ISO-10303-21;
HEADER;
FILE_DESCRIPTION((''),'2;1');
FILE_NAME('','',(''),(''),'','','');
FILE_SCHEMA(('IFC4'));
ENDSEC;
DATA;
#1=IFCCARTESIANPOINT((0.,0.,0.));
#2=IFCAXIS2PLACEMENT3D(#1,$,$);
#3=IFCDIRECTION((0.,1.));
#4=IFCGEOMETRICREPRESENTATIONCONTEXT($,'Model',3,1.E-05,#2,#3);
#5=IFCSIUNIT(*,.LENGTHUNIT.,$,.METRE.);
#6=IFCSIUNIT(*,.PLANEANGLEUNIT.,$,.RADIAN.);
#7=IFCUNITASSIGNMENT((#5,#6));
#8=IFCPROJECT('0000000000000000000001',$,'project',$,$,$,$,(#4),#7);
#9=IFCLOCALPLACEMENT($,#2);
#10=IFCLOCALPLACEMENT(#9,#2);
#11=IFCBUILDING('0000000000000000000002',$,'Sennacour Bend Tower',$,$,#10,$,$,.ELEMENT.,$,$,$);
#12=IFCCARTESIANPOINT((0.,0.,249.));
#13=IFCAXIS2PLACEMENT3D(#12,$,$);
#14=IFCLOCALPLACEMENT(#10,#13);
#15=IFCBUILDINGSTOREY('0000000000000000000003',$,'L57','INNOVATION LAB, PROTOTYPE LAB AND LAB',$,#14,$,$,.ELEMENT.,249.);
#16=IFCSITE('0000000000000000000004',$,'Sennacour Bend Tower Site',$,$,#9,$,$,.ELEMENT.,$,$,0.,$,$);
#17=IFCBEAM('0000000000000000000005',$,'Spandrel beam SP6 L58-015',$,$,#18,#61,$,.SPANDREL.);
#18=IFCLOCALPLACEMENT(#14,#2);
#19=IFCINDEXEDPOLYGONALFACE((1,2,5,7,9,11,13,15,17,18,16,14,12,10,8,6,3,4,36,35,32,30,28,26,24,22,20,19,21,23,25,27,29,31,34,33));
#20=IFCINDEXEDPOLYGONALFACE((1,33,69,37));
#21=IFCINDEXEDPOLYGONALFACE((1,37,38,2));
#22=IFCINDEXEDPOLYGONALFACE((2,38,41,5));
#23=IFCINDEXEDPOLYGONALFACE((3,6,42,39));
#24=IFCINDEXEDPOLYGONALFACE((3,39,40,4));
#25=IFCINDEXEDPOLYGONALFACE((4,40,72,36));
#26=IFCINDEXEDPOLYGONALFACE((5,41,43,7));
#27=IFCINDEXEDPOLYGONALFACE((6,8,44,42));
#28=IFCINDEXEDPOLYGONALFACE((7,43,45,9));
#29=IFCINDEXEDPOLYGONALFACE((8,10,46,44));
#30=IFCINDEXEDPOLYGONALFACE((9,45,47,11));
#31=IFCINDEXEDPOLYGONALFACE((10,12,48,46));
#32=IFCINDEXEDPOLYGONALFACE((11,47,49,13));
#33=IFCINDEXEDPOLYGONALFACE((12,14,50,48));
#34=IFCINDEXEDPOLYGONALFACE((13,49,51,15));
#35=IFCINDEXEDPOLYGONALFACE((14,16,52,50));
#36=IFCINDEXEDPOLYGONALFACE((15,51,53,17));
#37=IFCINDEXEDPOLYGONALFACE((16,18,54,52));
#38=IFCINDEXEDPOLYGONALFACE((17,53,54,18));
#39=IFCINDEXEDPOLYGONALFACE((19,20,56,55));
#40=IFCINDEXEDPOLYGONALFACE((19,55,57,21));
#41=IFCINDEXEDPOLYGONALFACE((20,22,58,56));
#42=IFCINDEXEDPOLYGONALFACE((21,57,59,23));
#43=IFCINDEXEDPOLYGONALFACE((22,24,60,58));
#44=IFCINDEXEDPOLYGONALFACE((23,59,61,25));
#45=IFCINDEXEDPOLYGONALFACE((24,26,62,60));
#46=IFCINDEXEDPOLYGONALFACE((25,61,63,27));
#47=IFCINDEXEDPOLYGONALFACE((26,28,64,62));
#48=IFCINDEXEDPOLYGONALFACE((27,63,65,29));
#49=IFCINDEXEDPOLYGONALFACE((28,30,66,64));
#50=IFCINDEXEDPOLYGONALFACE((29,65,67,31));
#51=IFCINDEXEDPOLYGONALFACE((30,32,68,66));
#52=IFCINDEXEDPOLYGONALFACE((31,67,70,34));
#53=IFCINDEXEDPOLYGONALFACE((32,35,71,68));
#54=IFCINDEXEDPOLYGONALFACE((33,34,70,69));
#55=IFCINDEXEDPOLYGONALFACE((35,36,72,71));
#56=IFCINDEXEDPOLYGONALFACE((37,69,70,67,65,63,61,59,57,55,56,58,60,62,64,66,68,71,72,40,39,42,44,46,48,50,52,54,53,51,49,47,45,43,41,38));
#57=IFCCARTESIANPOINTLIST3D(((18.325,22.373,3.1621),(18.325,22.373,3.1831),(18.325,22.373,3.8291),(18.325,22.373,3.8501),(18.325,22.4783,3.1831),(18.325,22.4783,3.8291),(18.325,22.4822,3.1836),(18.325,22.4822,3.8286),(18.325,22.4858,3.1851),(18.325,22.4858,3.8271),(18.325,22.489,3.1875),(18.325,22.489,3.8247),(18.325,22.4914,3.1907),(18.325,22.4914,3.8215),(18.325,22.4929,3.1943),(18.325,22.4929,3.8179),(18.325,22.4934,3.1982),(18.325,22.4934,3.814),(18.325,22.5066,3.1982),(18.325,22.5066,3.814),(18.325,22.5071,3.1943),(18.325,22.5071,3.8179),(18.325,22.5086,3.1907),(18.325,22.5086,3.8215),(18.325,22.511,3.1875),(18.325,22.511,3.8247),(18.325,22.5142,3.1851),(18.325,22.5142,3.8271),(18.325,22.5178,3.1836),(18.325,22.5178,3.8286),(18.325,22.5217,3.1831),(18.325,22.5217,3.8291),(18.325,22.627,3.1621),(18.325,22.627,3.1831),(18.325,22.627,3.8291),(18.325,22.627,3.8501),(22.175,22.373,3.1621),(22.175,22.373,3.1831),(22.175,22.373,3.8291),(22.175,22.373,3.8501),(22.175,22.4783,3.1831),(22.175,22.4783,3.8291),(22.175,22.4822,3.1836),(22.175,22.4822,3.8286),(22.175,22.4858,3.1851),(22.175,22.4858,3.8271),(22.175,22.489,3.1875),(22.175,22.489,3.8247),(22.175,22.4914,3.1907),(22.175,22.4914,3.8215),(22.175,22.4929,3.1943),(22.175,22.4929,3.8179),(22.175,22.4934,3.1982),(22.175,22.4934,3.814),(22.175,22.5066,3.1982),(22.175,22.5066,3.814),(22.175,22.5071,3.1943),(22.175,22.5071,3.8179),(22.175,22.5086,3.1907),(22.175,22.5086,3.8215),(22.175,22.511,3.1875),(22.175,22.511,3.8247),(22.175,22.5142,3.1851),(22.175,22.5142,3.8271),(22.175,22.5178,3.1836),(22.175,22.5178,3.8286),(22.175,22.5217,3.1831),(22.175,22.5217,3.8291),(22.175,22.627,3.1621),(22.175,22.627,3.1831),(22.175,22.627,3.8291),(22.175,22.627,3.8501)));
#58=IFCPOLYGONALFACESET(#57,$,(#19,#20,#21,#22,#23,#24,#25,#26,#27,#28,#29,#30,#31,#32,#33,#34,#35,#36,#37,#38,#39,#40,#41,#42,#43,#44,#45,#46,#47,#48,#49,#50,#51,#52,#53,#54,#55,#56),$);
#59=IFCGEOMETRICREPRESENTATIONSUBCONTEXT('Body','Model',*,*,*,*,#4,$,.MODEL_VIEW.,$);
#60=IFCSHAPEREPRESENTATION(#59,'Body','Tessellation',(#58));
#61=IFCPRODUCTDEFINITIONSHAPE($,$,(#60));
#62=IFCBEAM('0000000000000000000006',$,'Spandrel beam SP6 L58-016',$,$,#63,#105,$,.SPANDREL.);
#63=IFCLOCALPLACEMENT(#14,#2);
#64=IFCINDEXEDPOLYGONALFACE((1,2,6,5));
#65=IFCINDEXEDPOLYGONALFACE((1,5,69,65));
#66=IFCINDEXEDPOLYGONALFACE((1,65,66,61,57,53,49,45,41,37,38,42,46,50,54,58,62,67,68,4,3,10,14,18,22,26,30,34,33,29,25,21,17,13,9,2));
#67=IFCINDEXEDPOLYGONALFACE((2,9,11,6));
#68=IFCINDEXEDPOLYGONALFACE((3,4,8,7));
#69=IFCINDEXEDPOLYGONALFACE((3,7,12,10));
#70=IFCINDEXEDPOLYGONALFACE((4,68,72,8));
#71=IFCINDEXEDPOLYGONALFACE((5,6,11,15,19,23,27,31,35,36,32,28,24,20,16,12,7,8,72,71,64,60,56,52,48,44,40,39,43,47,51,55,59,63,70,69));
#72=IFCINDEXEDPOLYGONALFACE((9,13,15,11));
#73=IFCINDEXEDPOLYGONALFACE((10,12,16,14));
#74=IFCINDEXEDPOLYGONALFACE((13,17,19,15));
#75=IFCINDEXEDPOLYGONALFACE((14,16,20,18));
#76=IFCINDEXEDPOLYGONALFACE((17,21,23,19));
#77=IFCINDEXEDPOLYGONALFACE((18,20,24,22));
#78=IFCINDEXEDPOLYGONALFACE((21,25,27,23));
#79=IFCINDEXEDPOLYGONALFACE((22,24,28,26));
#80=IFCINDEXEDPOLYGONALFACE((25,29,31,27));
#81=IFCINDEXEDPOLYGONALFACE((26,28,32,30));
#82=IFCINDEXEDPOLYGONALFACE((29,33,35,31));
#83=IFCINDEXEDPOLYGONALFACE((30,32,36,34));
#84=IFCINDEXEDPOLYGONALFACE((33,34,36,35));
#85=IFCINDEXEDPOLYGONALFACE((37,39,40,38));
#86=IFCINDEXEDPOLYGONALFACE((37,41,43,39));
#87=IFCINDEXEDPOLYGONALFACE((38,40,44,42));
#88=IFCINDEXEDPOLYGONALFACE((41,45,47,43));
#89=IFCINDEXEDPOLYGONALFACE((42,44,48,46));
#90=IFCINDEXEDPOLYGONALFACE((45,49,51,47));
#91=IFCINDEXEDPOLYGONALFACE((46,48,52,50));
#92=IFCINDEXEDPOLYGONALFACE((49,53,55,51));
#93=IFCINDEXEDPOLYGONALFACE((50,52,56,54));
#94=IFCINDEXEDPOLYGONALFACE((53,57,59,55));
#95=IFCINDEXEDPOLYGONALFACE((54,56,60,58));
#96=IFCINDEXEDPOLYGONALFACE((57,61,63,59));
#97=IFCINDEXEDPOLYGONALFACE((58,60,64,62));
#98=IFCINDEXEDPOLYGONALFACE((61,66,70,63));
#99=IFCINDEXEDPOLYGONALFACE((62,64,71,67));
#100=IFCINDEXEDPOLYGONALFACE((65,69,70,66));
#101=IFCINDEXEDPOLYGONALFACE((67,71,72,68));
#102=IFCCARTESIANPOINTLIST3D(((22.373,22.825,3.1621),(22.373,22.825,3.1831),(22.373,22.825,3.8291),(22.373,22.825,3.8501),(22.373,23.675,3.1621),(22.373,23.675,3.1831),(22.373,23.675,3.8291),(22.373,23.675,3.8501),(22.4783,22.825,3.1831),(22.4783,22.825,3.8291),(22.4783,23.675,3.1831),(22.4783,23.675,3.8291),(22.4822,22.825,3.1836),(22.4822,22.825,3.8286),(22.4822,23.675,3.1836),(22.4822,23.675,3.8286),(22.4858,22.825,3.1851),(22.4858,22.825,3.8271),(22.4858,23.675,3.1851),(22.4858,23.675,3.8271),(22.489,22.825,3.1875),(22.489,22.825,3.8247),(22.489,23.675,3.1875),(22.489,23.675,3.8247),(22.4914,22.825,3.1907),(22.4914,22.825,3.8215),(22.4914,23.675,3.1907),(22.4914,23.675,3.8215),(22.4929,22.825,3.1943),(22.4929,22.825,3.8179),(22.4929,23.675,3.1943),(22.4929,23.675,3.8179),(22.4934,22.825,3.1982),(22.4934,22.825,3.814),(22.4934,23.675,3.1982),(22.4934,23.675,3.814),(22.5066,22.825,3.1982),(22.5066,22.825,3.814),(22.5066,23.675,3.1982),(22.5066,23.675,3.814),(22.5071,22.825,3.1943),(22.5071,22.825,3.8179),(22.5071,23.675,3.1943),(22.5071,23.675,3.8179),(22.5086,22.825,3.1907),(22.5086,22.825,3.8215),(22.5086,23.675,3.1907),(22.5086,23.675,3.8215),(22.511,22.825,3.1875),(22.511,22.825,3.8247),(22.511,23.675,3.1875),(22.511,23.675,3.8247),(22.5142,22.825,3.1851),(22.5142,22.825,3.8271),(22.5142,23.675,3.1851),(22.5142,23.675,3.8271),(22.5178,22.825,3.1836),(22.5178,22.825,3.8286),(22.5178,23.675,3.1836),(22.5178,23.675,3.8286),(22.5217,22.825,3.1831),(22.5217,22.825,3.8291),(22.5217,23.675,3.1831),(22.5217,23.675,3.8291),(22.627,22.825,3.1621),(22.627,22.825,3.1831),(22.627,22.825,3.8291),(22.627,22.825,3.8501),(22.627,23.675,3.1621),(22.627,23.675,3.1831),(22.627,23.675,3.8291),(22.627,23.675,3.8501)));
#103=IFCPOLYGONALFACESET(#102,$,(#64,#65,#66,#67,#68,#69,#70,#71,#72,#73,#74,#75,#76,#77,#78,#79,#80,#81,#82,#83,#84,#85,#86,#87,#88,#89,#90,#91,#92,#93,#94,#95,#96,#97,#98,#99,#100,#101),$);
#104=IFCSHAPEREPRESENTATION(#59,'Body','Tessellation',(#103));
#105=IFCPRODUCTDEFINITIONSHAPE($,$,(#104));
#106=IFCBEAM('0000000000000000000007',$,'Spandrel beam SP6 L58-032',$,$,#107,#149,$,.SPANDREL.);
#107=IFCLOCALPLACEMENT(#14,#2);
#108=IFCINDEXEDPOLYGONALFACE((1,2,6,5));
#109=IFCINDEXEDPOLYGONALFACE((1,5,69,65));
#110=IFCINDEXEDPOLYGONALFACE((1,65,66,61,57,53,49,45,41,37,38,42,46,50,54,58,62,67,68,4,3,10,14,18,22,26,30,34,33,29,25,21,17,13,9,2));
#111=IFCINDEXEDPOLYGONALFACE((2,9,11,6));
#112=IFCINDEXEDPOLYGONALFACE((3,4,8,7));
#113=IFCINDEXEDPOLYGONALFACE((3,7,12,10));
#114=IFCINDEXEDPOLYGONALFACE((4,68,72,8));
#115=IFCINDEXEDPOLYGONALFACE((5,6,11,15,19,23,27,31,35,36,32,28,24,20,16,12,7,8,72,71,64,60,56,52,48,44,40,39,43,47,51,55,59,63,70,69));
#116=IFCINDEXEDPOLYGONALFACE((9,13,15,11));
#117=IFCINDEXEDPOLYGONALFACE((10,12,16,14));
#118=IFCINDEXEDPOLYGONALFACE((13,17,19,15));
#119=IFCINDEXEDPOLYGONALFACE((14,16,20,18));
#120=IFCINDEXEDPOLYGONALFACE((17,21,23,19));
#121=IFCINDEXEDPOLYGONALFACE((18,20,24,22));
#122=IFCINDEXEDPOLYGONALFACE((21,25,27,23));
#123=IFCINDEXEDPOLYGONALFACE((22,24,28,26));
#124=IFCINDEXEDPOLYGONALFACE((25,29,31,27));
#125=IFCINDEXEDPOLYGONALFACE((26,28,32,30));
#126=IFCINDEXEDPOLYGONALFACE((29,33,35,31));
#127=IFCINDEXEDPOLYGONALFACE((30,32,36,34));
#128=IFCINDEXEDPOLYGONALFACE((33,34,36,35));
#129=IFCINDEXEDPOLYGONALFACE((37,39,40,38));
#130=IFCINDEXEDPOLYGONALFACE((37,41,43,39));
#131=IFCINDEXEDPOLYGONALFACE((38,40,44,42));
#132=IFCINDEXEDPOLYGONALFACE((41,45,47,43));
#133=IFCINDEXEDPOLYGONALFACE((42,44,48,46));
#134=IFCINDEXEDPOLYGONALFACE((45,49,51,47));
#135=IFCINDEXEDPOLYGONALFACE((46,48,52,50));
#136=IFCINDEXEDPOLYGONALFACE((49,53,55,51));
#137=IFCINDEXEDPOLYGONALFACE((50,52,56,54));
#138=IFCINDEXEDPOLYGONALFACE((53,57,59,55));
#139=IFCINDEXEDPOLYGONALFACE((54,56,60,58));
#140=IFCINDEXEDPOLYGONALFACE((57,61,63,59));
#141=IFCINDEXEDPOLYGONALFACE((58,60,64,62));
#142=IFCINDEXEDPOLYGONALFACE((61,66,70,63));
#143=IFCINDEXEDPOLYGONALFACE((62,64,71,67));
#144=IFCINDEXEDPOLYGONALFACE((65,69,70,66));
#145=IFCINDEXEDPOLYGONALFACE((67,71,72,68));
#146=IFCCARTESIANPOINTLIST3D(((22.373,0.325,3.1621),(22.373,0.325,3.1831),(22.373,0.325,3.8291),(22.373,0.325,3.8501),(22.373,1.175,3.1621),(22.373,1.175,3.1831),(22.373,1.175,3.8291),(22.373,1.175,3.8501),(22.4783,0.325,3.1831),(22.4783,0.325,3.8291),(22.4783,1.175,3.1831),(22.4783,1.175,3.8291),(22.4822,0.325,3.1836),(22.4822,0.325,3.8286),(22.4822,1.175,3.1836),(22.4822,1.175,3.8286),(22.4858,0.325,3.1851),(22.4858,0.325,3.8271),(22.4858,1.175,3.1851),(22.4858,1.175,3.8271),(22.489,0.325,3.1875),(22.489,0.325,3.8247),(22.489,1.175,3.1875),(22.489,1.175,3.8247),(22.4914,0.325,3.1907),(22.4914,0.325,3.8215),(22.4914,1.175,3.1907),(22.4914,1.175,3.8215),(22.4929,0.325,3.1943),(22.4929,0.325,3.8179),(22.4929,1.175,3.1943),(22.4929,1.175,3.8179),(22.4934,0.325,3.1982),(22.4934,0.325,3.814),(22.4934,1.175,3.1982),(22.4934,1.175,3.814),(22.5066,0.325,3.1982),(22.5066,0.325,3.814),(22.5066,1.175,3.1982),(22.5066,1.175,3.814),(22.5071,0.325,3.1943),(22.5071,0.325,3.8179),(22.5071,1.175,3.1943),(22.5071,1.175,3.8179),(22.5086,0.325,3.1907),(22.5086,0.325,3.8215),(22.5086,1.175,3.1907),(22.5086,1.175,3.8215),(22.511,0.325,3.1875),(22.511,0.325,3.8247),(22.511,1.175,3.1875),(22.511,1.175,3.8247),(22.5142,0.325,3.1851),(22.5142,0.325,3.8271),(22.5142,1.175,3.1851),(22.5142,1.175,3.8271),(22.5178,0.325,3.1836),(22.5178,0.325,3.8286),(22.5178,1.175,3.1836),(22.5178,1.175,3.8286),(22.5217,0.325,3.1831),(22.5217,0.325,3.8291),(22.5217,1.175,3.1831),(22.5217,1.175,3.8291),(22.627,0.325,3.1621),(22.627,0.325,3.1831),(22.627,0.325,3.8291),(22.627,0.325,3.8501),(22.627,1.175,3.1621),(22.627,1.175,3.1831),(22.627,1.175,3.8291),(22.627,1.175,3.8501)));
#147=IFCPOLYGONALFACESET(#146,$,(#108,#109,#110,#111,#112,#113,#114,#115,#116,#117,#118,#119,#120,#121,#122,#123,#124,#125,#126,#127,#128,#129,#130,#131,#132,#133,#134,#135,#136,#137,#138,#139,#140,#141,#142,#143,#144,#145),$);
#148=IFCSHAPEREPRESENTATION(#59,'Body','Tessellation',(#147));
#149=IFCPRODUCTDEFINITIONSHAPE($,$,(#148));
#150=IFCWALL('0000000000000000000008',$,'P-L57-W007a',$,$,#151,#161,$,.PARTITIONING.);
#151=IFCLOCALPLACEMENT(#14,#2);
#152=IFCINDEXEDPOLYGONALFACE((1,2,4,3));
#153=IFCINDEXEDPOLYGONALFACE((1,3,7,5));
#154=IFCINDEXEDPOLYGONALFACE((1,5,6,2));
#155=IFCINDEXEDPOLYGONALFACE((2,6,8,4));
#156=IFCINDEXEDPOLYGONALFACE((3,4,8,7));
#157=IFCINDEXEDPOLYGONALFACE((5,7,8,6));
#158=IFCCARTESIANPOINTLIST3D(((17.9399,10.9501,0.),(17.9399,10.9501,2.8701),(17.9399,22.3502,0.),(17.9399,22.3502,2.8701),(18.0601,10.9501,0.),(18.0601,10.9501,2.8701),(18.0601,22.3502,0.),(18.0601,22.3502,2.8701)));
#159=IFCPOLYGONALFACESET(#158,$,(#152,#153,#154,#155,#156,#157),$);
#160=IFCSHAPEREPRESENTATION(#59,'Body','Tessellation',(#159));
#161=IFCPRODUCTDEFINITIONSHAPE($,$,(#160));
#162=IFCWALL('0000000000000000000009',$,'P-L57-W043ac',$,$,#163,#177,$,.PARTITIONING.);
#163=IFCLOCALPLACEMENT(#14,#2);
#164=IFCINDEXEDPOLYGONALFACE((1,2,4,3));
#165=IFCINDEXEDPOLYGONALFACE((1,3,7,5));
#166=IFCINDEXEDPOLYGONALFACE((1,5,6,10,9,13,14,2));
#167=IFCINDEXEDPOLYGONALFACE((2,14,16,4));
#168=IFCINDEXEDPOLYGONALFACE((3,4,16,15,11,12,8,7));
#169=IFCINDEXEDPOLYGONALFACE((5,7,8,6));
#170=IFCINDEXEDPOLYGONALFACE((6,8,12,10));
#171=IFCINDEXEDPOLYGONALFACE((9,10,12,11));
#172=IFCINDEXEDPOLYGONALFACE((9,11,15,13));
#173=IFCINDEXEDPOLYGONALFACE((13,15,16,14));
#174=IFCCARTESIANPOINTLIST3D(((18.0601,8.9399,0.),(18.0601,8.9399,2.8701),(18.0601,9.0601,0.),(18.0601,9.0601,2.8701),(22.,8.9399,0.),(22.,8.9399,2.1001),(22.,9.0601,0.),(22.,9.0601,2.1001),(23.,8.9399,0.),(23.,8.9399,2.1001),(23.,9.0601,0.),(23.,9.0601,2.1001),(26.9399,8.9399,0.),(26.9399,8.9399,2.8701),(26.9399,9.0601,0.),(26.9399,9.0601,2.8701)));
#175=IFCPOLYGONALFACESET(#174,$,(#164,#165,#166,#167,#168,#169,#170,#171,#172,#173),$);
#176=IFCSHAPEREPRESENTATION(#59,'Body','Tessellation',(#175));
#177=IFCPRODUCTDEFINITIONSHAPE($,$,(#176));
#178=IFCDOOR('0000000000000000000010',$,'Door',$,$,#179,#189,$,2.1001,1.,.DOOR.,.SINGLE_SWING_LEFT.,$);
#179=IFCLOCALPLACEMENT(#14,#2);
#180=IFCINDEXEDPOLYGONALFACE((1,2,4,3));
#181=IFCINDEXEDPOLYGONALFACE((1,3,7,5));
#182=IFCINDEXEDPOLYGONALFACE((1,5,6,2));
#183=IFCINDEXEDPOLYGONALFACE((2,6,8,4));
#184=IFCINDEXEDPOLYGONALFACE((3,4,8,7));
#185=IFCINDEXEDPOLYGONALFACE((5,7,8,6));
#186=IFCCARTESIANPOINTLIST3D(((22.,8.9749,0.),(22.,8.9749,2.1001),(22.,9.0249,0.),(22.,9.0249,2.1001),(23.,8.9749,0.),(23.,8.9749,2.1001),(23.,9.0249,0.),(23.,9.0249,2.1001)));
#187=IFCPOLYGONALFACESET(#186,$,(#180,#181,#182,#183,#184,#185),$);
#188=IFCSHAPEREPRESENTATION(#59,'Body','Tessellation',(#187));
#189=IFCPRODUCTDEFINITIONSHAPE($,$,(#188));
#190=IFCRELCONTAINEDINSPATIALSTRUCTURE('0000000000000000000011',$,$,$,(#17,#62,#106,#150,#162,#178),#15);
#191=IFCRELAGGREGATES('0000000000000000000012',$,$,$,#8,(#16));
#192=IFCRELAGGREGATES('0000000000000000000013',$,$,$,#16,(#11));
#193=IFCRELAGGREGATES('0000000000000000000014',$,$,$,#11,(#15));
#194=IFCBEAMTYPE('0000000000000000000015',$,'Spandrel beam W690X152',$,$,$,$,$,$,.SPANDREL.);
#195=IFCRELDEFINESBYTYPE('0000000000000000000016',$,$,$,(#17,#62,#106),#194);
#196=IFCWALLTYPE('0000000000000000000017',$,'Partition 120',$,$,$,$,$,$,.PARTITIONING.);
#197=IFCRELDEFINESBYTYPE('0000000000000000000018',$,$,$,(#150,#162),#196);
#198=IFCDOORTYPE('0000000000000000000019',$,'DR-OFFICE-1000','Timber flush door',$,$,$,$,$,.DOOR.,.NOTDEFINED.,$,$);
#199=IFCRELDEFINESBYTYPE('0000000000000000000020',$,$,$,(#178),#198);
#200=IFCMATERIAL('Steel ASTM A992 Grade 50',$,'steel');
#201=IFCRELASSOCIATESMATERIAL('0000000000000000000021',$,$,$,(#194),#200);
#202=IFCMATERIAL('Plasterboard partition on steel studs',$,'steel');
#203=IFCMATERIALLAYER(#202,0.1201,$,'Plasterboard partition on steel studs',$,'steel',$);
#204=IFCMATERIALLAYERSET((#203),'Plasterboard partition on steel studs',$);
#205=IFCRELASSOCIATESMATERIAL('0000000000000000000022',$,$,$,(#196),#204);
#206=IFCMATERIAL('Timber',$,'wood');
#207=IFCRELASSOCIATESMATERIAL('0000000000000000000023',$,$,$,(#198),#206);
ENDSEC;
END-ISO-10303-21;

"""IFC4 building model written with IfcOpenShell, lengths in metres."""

from ifc_helpers import new_model, si_unit, direction, frame, frame_2d, origin, origin_2d, place, context, subcontext, project, spatial, rectangle, i_section, extrude, material, layer, layer_set, material_profile, profile_set, type_object, element, fill, save


model = new_model("IFC4")

# Units and contexts
model_context = context("Model", 3, precision=1e-05, world=origin(), true_north=direction((0.0, 1.0)))
body_context = subcontext(model_context, "Body", "Model", "MODEL_VIEW")
ifc_project = project(units=[si_unit("LENGTHUNIT", "METRE"), si_unit("PLANEANGLEUNIT", "RADIAN")], contexts=[model_context])

# Site, building, storey
site_placement = place(None, origin())
site = spatial("IfcSite", under=ifc_project, at=site_placement, Name="Sennacour Bend Tower Site", CompositionType="ELEMENT", RefElevation=0.0)
building_placement = place(site_placement, origin())
building = spatial("IfcBuilding", under=site, at=building_placement, Name="Sennacour Bend Tower", CompositionType="ELEMENT")
storey_placement = place(building_placement, frame((0.0, 0.0, 249.0)))
storey = spatial("IfcBuildingStorey", under=building, at=storey_placement, Name="L57", Description="INNOVATION LAB, PROTOTYPE LAB AND LAB", CompositionType="ELEMENT", Elevation=249.0)

# Beams
ifc_material_1 = material(Name="Steel ASTM A992 Grade 50", Category="steel")
ifc_material_profile_1 = material_profile(ifc_material_1, i_section(OverallWidth=0.2539, OverallDepth=0.688, WebThickness=0.0132, FlangeThickness=0.021, FilletRadius=0.0151, at=origin_2d()), Name="Steel ASTM A992 Grade 50", Category="steel")
ifc_profile_set_1 = profile_set([ifc_material_profile_1], Name="Steel ASTM A992 Grade 50")
beam_type = type_object("IfcBeamType", Name="Spandrel beam W690X152", PredefinedType="SPANDREL", material=ifc_profile_set_1)
for number, where, z_axis, x_axis, name in (
    (1, (18.325, 22.5, 3.5061), (1.0, 0.0, 0.0), (0.0, 1.0, 0.0), "Spandrel beam SP6 L58-015"),
):
    element("IfcBeam", number, at=place(storey_placement, frame(where, z_axis=z_axis, x_axis=x_axis)), inside=storey, type_object=beam_type, Name=name, PredefinedType="SPANDREL", context=body_context, shape_type="SweptSolid", body=[
        extrude(i_section(OverallWidth=0.2539, OverallDepth=0.688, WebThickness=0.0132, FlangeThickness=0.021, FilletRadius=0.0151, at=origin_2d()), origin(), (0.0, 0.0, 1.0), 3.8501),
    ])
for number, where, z_axis, x_axis, name in (
    (2, (22.5, 22.825, 3.5061), (0.0, 1.0, 0.0), (-1.0, 0.0, 0.0), "Spandrel beam SP6 L58-016"),
    (3, (22.5, 1.175, 3.5061), (0.0, -1.0, 0.0), (1.0, 0.0, 0.0), "Spandrel beam SP6 L58-032"),
):
    element("IfcBeam", number, at=place(storey_placement, frame(where, z_axis=z_axis, x_axis=x_axis)), inside=storey, type_object=beam_type, Name=name, PredefinedType="SPANDREL", context=body_context, shape_type="SweptSolid", body=[
        extrude(i_section(OverallWidth=0.2539, OverallDepth=0.688, WebThickness=0.0132, FlangeThickness=0.021, FilletRadius=0.0151, at=origin_2d()), origin(), (0.0, 0.0, 1.0), 0.8501),
    ])

# Wall
ifc_material_2 = material(Name="Plasterboard partition on steel studs", Category="steel")
ifc_layer_1 = layer(ifc_material_2, 0.1201, Name="Plasterboard partition on steel studs", Category="steel")
ifc_layer_set_1 = layer_set([ifc_layer_1], Name="Plasterboard partition on steel studs")
wall_type_1 = type_object("IfcWallType", Name="Partition 120", PredefinedType="PARTITIONING", material=ifc_layer_set_1)
wall_1_placement = place(storey_placement, frame((18.0, 10.95, 0.0), z_axis=(0.0, 0.0, 1.0), x_axis=(0.0, 1.0, 0.0)))
element("IfcWall", 4, at=wall_1_placement, inside=storey, type_object=wall_type_1, Name="P-L57-W007a", PredefinedType="PARTITIONING", context=body_context, shape_type="SweptSolid", body=[
    extrude(rectangle(XDim=11.4001, YDim=0.1201, at=frame_2d((5.7002, 0.0))), origin(), (0.0, 0.0, 1.0), 2.8701),
])

# Wall, opening, door
wall_2_placement = place(storey_placement, frame((18.0601, 9.0, 0.0), z_axis=(0.0, 0.0, 1.0), x_axis=(1.0, 0.0, 0.0)))
wall_2 = element("IfcWall", 5, at=wall_2_placement, inside=storey, type_object=wall_type_1, Name="P-L57-W043ac", PredefinedType="PARTITIONING", context=body_context, shape_type="SweptSolid", body=[
    extrude(rectangle(XDim=8.8799, YDim=0.1201, at=frame_2d((4.4399, 0.0))), origin(), (0.0, 0.0, 1.0), 2.8701),
])
opening_1_placement = place(wall_2_placement, frame((3.9399, 0.0, 0.0)))
opening_1 = element("IfcOpeningElement", 6, at=opening_1_placement, cuts=wall_2, PredefinedType="OPENING", context=body_context, shape_type="SweptSolid", body=[
    extrude(rectangle(XDim=1.0, YDim=2.1001, at=frame_2d((0.5, 1.05))), frame((0.0, 0.0701, 0.0), z_axis=(0.0, -1.0, 0.0), x_axis=(1.0, 0.0, 0.0)), (0.0, 0.0, 1.0), 0.1401),
])
ifc_material_3 = material(Name="Timber", Category="wood")
door_type = type_object("IfcDoorType", Name="DR-OFFICE-1000", Description="Timber flush door", OperationType="NOTDEFINED", PredefinedType="DOOR", material=ifc_material_3)
door_1_placement = place(opening_1_placement, origin())
door_1 = element("IfcDoor", 7, at=door_1_placement, inside=storey, type_object=door_type, Name="Door", OperationType="SINGLE_SWING_LEFT", OverallHeight=2.1001, OverallWidth=1.0, PredefinedType="DOOR", context=body_context, shape_type="SweptSolid", body=[
    extrude(rectangle(XDim=1.0, YDim=2.1001, at=frame_2d((0.5, 1.05))), frame((0.0, 0.0249, 0.0), z_axis=(0.0, -1.0, 0.0), x_axis=(1.0, 0.0, 0.0)), (0.0, 0.0, 1.0), 0.05),
])
fill(opening_1, door_1)

save(model, "model.ifc")
